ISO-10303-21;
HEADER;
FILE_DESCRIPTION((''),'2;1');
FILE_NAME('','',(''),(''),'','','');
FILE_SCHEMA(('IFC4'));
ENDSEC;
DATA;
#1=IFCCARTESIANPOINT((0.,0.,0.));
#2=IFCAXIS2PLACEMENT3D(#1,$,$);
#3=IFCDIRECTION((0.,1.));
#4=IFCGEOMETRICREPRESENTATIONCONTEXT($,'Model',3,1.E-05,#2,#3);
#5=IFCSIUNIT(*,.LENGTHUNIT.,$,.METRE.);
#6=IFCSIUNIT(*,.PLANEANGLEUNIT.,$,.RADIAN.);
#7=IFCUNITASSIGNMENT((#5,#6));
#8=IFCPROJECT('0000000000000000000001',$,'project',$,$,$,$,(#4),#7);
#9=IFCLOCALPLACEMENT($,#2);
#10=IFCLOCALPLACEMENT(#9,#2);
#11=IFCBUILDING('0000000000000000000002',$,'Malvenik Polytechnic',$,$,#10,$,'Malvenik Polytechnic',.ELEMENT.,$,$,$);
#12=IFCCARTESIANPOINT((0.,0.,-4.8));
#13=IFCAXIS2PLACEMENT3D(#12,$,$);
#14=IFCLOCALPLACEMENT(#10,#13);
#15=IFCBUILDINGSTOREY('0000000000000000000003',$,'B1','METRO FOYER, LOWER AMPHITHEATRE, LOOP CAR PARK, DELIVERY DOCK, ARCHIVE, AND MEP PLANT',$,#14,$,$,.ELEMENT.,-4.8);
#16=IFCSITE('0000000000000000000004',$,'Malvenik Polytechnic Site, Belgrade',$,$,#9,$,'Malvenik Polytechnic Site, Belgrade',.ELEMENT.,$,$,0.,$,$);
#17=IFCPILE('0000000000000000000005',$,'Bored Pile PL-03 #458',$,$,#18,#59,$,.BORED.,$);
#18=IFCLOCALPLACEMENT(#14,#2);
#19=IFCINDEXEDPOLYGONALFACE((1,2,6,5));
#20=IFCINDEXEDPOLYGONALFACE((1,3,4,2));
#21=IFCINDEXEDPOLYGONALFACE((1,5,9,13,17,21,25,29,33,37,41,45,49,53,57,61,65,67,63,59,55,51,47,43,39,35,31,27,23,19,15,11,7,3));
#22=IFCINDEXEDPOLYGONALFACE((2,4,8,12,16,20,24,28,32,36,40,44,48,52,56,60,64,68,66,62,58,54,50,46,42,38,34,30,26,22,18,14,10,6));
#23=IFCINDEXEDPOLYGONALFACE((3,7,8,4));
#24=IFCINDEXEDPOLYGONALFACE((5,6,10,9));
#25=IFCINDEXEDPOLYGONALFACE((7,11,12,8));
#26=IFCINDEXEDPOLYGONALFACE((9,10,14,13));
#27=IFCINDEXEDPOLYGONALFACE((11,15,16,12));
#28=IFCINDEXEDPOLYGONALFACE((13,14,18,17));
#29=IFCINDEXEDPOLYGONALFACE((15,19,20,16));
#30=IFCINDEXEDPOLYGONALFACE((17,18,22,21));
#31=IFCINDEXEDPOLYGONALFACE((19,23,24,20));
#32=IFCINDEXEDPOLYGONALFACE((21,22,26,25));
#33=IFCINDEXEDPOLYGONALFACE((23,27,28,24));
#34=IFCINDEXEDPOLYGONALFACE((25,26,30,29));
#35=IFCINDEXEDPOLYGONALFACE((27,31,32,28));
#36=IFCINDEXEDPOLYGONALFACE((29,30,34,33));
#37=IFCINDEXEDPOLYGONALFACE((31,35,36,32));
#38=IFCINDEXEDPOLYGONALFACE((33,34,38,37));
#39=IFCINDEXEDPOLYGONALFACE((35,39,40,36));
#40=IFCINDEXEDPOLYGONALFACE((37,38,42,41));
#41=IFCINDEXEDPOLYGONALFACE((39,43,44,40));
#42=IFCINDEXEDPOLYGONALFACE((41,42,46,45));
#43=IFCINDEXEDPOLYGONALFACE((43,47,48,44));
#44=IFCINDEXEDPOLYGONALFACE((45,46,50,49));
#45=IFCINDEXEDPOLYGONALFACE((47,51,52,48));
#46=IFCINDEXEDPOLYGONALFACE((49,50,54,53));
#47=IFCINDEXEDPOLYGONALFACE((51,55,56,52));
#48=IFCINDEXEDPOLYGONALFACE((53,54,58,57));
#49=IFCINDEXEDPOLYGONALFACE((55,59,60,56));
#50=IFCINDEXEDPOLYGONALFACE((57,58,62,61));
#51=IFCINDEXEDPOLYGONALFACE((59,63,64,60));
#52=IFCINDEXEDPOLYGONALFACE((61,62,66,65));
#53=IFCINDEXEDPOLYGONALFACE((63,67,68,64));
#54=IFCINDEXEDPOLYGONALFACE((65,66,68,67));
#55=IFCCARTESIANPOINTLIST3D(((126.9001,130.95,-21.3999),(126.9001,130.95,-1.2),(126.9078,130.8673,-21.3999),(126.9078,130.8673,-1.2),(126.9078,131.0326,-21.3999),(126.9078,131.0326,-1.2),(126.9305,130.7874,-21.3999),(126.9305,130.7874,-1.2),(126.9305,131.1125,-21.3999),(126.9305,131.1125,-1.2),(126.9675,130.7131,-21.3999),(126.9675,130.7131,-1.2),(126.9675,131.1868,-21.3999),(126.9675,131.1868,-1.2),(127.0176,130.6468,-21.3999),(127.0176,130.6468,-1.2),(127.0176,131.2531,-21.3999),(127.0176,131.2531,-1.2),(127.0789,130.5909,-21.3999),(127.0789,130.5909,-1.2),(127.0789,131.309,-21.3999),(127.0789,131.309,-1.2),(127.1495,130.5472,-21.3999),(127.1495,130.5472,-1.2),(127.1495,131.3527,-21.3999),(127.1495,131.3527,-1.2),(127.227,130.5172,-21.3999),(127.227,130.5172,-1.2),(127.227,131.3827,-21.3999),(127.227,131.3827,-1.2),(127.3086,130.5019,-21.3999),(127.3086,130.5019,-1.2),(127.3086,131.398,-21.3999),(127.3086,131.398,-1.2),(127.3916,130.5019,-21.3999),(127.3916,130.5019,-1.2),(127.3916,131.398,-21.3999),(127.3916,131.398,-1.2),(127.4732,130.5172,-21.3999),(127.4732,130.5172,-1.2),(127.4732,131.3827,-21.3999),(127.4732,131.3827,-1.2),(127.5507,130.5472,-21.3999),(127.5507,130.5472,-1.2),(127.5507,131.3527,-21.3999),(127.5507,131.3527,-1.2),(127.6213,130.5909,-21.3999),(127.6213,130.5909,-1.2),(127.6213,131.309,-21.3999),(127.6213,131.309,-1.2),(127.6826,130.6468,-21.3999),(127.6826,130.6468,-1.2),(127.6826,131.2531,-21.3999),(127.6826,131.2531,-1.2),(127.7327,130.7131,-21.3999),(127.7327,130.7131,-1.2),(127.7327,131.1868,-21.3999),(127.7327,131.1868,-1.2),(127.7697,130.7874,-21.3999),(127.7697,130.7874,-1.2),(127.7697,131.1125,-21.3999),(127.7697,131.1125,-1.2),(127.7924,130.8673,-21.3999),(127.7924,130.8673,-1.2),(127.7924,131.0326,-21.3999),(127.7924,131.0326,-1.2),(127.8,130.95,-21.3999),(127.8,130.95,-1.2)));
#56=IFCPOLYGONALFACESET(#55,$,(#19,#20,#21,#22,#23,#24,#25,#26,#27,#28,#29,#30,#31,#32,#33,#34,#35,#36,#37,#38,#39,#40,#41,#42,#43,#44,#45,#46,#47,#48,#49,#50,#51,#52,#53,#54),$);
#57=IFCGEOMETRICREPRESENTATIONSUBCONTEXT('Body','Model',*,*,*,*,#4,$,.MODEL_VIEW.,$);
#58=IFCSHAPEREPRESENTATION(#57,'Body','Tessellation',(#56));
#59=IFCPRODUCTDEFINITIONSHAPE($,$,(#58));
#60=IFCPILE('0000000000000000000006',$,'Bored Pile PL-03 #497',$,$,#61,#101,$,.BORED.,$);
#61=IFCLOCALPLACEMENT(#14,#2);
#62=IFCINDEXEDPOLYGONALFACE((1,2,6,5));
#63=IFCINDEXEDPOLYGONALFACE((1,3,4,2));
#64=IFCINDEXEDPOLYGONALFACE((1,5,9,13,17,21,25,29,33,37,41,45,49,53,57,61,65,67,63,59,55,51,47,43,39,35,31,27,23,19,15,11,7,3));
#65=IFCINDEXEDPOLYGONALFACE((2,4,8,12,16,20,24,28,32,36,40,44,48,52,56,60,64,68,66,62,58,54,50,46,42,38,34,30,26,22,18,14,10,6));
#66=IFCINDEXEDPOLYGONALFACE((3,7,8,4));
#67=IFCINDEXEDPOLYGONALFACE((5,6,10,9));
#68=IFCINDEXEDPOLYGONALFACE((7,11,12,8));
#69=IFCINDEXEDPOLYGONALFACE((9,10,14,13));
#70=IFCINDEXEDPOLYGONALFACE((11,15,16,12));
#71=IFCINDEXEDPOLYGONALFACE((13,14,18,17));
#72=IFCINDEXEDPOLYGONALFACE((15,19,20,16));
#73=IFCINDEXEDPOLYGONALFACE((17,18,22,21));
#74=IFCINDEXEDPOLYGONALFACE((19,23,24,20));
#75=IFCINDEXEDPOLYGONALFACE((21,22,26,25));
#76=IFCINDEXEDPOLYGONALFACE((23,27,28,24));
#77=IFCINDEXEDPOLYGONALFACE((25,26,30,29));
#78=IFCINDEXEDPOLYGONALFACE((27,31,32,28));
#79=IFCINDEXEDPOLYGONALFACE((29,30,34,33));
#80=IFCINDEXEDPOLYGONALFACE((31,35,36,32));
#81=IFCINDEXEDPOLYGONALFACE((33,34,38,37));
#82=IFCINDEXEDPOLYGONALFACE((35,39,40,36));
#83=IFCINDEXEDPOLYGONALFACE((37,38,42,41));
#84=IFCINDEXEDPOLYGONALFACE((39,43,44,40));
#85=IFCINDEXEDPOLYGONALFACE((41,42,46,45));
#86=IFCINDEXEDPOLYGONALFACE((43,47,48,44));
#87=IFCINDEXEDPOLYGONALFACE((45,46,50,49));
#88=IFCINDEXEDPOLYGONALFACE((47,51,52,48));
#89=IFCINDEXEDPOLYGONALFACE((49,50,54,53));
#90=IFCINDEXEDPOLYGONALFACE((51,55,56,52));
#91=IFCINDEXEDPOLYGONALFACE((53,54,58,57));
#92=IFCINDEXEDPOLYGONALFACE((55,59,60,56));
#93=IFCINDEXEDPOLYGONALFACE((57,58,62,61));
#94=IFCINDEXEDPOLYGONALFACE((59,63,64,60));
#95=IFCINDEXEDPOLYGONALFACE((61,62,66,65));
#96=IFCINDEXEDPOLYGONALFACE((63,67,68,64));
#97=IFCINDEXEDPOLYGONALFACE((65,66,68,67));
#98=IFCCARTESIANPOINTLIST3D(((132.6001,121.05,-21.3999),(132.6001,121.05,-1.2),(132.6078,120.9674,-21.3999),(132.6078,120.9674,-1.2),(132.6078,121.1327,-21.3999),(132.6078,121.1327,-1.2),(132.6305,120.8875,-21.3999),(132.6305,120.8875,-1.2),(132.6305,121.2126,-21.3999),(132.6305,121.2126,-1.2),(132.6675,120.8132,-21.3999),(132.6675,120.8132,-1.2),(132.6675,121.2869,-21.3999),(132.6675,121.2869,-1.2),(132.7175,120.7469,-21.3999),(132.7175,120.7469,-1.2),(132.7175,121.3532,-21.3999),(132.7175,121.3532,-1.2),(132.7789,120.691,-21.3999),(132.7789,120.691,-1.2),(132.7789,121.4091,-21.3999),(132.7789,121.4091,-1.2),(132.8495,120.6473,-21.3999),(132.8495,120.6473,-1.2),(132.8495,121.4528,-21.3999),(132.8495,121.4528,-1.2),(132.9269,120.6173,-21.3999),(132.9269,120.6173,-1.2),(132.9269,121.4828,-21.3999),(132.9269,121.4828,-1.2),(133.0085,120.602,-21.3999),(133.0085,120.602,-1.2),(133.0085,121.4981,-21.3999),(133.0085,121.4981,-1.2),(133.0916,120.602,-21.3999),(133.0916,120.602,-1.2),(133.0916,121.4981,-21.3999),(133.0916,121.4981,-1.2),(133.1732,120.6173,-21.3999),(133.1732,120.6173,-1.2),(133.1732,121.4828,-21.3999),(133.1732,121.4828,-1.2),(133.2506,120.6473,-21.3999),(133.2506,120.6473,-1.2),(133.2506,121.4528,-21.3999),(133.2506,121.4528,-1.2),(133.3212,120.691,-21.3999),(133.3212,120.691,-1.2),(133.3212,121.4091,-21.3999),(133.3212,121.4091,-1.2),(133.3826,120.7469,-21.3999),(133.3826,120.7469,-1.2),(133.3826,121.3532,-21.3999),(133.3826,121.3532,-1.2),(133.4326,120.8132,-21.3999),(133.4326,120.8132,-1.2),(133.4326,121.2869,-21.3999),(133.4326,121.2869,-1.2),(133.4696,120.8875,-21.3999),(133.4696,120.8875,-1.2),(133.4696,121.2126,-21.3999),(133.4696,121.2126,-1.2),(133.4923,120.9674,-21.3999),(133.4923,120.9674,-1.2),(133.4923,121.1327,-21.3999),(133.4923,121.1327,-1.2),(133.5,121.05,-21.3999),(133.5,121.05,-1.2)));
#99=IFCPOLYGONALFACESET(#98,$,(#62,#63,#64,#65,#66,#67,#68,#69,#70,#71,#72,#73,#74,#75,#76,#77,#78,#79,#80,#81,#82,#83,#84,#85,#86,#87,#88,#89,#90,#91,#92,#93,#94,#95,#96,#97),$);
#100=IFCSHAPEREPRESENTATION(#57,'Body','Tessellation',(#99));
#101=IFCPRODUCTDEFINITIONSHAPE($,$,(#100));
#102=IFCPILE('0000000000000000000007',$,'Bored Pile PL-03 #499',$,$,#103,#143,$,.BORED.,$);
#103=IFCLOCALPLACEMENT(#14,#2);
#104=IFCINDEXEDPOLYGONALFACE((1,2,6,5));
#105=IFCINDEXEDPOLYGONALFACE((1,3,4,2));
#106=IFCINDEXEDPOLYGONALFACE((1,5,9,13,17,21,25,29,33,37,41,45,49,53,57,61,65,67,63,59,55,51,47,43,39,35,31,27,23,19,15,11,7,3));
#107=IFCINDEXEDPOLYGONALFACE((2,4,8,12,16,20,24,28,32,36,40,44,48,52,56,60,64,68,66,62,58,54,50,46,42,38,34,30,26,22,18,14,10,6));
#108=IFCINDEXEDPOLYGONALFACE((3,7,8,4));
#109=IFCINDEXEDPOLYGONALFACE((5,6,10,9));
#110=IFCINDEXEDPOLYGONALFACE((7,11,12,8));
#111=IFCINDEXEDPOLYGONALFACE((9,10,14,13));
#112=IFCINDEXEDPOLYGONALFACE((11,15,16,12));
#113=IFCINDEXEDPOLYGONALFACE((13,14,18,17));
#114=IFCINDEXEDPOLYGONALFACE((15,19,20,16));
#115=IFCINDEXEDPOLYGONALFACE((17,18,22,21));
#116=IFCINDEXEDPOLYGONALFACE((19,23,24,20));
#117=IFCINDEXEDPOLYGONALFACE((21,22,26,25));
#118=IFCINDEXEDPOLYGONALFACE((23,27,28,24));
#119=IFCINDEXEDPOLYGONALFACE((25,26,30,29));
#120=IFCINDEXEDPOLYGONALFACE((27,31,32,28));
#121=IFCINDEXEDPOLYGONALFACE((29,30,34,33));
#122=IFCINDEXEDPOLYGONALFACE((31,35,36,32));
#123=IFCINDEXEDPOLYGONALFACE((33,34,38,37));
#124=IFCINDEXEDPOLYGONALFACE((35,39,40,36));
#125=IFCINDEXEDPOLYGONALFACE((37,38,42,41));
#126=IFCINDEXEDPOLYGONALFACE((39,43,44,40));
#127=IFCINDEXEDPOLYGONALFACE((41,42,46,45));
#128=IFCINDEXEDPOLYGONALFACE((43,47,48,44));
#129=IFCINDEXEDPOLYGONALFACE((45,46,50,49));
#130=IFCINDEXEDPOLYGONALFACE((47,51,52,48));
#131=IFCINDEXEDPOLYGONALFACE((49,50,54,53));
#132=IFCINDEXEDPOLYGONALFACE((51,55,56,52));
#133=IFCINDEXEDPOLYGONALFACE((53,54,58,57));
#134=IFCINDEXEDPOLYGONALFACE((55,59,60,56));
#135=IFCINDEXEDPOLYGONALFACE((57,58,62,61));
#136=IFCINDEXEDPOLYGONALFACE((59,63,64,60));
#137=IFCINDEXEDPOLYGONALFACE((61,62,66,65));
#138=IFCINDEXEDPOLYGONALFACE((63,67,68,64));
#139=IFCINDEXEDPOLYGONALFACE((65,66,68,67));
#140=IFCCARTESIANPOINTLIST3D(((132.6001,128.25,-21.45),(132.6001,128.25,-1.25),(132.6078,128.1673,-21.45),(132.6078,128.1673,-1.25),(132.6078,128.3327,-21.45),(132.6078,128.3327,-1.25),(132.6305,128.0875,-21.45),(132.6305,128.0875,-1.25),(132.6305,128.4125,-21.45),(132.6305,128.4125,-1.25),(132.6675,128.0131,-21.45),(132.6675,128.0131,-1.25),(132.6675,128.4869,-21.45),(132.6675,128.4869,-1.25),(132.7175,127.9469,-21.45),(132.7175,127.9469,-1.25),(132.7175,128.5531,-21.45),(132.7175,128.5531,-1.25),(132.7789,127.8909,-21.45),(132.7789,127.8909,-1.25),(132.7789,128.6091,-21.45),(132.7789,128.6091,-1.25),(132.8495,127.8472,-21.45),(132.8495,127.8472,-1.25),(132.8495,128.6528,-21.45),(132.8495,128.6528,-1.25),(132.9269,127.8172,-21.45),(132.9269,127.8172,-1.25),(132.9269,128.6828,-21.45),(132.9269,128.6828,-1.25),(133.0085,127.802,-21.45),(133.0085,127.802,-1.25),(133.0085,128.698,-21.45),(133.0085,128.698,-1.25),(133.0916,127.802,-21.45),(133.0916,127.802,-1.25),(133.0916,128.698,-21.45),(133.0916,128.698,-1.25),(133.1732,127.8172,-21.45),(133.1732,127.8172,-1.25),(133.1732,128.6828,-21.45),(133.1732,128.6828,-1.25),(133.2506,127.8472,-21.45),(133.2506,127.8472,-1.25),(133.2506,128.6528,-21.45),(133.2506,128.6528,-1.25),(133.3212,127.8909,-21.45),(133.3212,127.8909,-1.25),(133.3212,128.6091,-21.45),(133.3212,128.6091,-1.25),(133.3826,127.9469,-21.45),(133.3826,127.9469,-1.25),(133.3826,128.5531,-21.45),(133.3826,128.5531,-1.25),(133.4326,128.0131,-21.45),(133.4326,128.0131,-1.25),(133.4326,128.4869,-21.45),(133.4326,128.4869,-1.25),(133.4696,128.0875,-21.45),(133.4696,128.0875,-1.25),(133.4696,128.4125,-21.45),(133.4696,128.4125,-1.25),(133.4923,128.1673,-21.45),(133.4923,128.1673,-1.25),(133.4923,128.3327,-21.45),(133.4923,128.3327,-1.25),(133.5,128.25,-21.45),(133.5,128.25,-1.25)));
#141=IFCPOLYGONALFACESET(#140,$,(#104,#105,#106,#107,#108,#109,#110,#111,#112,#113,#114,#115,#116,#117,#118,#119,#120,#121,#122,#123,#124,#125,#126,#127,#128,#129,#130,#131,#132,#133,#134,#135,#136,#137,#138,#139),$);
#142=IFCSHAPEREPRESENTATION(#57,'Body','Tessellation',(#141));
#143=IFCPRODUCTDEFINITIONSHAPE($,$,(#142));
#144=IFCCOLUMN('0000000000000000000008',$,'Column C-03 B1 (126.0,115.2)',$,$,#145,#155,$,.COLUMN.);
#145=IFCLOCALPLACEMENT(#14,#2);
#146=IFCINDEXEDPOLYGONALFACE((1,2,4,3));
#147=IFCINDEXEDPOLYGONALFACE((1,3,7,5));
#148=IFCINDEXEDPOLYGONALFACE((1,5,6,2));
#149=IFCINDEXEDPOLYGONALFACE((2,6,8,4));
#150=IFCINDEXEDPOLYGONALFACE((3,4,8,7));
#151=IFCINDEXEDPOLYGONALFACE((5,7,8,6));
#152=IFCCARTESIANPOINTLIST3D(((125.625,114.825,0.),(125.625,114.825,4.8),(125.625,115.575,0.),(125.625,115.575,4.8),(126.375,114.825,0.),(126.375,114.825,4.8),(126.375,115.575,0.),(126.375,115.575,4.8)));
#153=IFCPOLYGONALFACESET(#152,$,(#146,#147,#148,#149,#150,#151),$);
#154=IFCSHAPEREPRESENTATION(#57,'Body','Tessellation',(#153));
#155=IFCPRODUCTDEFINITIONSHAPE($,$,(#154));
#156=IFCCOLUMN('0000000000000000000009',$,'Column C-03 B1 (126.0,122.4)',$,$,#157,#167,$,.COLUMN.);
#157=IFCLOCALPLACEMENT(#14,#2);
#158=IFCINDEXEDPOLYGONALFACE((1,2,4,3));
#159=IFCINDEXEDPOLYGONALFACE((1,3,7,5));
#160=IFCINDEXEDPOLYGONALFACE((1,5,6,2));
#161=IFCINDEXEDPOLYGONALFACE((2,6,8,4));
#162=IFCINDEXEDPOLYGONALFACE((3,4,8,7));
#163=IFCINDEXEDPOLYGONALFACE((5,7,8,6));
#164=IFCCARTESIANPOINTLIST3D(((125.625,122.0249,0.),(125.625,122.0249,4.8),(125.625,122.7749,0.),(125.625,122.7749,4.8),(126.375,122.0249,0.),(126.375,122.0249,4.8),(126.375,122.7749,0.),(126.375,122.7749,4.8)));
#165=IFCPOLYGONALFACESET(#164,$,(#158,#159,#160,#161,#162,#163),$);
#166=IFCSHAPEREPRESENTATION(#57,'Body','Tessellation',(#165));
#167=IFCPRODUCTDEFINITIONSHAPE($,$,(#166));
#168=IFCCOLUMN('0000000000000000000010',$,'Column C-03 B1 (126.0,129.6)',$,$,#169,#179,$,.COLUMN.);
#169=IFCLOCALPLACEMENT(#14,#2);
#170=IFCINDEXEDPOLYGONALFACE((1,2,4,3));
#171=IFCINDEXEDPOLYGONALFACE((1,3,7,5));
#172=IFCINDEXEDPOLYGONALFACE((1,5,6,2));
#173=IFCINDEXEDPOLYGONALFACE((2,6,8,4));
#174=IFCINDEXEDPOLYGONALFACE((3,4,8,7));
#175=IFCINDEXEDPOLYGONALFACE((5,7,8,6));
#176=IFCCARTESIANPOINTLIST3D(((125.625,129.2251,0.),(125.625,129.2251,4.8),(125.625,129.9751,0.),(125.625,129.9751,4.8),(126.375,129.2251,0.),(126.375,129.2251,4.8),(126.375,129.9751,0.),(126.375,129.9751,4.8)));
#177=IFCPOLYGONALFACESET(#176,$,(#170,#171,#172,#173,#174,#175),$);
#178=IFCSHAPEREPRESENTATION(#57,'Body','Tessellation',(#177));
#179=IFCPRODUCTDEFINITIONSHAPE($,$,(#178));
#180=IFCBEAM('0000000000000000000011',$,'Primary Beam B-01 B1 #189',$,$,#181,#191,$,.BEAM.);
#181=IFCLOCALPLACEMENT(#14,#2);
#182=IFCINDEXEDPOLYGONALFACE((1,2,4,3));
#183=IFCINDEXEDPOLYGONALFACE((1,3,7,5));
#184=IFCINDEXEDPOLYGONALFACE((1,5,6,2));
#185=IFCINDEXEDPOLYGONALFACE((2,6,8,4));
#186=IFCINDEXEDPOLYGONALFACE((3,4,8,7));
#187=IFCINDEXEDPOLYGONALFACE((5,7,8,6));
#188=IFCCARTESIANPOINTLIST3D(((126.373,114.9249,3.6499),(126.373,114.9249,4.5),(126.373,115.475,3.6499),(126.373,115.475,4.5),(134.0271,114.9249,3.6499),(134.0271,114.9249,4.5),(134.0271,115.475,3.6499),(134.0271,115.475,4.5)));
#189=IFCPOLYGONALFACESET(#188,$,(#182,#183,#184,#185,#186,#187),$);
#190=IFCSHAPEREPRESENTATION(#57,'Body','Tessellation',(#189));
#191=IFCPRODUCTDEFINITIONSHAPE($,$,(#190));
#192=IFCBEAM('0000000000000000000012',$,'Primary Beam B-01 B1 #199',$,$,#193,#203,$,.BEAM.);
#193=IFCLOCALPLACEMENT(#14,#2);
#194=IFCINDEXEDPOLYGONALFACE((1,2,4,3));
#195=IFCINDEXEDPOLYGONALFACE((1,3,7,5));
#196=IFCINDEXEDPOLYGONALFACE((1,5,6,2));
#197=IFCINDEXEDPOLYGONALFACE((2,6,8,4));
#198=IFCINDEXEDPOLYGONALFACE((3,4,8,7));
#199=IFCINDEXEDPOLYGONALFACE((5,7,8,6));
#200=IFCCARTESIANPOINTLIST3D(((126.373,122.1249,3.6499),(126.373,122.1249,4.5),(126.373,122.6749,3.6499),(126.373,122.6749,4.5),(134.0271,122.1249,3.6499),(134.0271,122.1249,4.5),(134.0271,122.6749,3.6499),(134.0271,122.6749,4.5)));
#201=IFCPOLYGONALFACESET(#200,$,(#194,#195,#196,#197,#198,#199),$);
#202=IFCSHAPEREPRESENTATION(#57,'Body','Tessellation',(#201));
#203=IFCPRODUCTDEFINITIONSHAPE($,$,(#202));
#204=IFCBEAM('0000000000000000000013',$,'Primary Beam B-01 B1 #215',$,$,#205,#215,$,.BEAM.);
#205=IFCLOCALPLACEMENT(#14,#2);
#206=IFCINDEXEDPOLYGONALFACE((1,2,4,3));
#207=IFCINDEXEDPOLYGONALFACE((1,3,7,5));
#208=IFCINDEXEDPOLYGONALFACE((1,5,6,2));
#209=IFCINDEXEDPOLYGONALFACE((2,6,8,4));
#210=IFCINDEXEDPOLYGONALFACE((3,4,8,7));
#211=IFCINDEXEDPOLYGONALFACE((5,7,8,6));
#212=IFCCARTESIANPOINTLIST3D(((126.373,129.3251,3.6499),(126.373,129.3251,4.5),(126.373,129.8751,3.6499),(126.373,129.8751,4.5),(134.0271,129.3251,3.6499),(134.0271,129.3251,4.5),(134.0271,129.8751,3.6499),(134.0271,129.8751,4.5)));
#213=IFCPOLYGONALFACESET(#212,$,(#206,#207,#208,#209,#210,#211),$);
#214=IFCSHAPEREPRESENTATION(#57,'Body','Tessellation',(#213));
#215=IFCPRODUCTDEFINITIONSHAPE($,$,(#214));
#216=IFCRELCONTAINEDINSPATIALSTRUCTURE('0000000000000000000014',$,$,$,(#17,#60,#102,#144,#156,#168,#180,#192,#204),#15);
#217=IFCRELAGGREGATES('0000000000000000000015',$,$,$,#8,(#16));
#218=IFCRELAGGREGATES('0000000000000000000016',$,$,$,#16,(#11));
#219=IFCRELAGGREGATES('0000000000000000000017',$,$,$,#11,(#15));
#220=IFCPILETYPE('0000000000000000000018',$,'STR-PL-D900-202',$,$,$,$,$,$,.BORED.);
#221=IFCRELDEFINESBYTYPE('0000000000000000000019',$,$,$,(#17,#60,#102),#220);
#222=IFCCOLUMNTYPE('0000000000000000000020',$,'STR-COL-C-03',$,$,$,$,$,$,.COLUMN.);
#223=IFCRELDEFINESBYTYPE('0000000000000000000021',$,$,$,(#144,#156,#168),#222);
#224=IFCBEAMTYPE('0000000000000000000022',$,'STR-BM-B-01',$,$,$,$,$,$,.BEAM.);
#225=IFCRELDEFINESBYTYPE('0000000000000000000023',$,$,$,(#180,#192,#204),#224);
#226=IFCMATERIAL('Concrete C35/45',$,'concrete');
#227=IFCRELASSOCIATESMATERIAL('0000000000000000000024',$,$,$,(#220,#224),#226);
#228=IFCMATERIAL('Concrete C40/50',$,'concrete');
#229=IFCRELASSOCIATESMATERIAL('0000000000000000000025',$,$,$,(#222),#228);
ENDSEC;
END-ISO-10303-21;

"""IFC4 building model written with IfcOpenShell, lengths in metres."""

from ifc_helpers import new_model, si_unit, direction, frame, origin, origin_2d, place, context, subcontext, project, spatial, rectangle, circle, extrude, material, material_profile, profile_set, type_object, element, save


model = new_model("IFC4")

# Units and contexts
model_context = context("Model", 3, precision=1e-05, world=origin(), true_north=direction((0.0, 1.0)))
body_context = subcontext(model_context, "Body", "Model", "MODEL_VIEW")
ifc_project = project(units=[si_unit("LENGTHUNIT", "METRE"), si_unit("PLANEANGLEUNIT", "RADIAN")], contexts=[model_context])

# Site, building, storey
site_placement = place(None, origin())
site = spatial("IfcSite", under=ifc_project, at=site_placement, Name="Malvenik Polytechnic Site, Belgrade", LongName="Malvenik Polytechnic Site, Belgrade", CompositionType="ELEMENT", RefElevation=0.0)
building_placement = place(site_placement, origin())
building = spatial("IfcBuilding", under=site, at=building_placement, Name="Malvenik Polytechnic", LongName="Malvenik Polytechnic", CompositionType="ELEMENT")
storey_placement = place(building_placement, frame((0.0, 0.0, -4.8)))
storey = spatial("IfcBuildingStorey", under=building, at=storey_placement, Name="B1", Description="METRO FOYER, LOWER AMPHITHEATRE, LOOP CAR PARK, DELIVERY DOCK, ARCHIVE, AND MEP PLANT", CompositionType="ELEMENT", Elevation=-4.8)

# Shared definitions
ifc_material_1 = material(Name="Concrete C35/45", Category="concrete")

# Piles
ifc_material_profile_1 = material_profile(ifc_material_1, circle(Radius=0.45, at=origin_2d()), Name="BORED PILE D900")
ifc_profile_set_1 = profile_set([ifc_material_profile_1], Name="Concrete C35/45")
pile_type = type_object("IfcPileType", Name="STR-PL-D900-202", PredefinedType="BORED", material=ifc_profile_set_1)
for number, where, z_axis, x_axis, name in (
    (1, (127.3501, 130.95, -1.2), (0.0, 0.0, -1.0), (1.0, 0.0, 0.0), "Bored Pile PL-03 #458"),
    (2, (133.05, 121.05, -1.2), (0.0, 0.0, -1.0), (1.0, 0.0, 0.0), "Bored Pile PL-03 #497"),
    (3, (133.05, 128.25, -1.25), (0.0, 0.0, -1.0), (1.0, 0.0, 0.0), "Bored Pile PL-03 #499"),
):
    element("IfcPile", number, at=place(storey_placement, frame(where, z_axis=z_axis, x_axis=x_axis)), inside=storey, type_object=pile_type, Name=name, PredefinedType="BORED", context=body_context, shape_type="SweptSolid", body=[
        extrude(circle(Radius=0.45, at=origin_2d()), origin(), (0.0, 0.0, 1.0), 20.2),
    ])

# Columns
ifc_material_2 = material(Name="Concrete C40/50", Category="concrete")
ifc_material_profile_2 = material_profile(ifc_material_2, rectangle(XDim=0.75, YDim=0.75, at=origin_2d()), Name="RC COL 750x750")
ifc_profile_set_2 = profile_set([ifc_material_profile_2], Name="Concrete C40/50")
column_type = type_object("IfcColumnType", Name="STR-COL-C-03", PredefinedType="COLUMN", material=ifc_profile_set_2)
for number, where, z_axis, x_axis, name in (
    (4, (126.0, 115.2, 0.0), (0.0, 0.0, 1.0), (1.0, 0.0, 0.0), "Column C-03 B1 (126.0,115.2)"),
    (5, (126.0, 122.3999, 0.0), (0.0, 0.0, 1.0), (1.0, 0.0, 0.0), "Column C-03 B1 (126.0,122.4)"),
    (6, (126.0, 129.6001, 0.0), (0.0, 0.0, 1.0), (1.0, 0.0, 0.0), "Column C-03 B1 (126.0,129.6)"),
):
    element("IfcColumn", number, at=place(storey_placement, frame(where, z_axis=z_axis, x_axis=x_axis)), inside=storey, type_object=column_type, Name=name, PredefinedType="COLUMN", context=body_context, shape_type="SweptSolid", body=[
        extrude(rectangle(XDim=0.75, YDim=0.75, at=origin_2d()), origin(), (0.0, 0.0, 1.0), 4.8),
    ])

# Beams
ifc_material_profile_3 = material_profile(ifc_material_1, rectangle(XDim=0.55, YDim=0.8501, at=origin_2d()), Name="RC BM 550x850")
ifc_profile_set_3 = profile_set([ifc_material_profile_3], Name="Concrete C35/45")
beam_type_1 = type_object("IfcBeamType", Name="STR-BM-B-01", PredefinedType="BEAM", material=ifc_profile_set_3)
for number, where, z_axis, x_axis, name in (
    (7, (126.373, 115.2, 4.075), (1.0, 0.0, 0.0), (0.0, 1.0, 0.0), "Primary Beam B-01 B1 #189"),
    (8, (126.373, 122.3999, 4.075), (1.0, 0.0, 0.0), (0.0, 1.0, 0.0), "Primary Beam B-01 B1 #199"),
    (9, (126.373, 129.6001, 4.075), (1.0, 0.0, 0.0), (0.0, 1.0, 0.0), "Primary Beam B-01 B1 #215"),
):
    element("IfcBeam", number, at=place(storey_placement, frame(where, z_axis=z_axis, x_axis=x_axis)), inside=storey, type_object=beam_type_1, Name=name, PredefinedType="BEAM", context=body_context, shape_type="SweptSolid", body=[
        extrude(rectangle(XDim=0.55, YDim=0.8501, at=origin_2d()), origin(), (0.0, 0.0, 1.0), 7.6541),
    ])

save(model, "model.ifc")
